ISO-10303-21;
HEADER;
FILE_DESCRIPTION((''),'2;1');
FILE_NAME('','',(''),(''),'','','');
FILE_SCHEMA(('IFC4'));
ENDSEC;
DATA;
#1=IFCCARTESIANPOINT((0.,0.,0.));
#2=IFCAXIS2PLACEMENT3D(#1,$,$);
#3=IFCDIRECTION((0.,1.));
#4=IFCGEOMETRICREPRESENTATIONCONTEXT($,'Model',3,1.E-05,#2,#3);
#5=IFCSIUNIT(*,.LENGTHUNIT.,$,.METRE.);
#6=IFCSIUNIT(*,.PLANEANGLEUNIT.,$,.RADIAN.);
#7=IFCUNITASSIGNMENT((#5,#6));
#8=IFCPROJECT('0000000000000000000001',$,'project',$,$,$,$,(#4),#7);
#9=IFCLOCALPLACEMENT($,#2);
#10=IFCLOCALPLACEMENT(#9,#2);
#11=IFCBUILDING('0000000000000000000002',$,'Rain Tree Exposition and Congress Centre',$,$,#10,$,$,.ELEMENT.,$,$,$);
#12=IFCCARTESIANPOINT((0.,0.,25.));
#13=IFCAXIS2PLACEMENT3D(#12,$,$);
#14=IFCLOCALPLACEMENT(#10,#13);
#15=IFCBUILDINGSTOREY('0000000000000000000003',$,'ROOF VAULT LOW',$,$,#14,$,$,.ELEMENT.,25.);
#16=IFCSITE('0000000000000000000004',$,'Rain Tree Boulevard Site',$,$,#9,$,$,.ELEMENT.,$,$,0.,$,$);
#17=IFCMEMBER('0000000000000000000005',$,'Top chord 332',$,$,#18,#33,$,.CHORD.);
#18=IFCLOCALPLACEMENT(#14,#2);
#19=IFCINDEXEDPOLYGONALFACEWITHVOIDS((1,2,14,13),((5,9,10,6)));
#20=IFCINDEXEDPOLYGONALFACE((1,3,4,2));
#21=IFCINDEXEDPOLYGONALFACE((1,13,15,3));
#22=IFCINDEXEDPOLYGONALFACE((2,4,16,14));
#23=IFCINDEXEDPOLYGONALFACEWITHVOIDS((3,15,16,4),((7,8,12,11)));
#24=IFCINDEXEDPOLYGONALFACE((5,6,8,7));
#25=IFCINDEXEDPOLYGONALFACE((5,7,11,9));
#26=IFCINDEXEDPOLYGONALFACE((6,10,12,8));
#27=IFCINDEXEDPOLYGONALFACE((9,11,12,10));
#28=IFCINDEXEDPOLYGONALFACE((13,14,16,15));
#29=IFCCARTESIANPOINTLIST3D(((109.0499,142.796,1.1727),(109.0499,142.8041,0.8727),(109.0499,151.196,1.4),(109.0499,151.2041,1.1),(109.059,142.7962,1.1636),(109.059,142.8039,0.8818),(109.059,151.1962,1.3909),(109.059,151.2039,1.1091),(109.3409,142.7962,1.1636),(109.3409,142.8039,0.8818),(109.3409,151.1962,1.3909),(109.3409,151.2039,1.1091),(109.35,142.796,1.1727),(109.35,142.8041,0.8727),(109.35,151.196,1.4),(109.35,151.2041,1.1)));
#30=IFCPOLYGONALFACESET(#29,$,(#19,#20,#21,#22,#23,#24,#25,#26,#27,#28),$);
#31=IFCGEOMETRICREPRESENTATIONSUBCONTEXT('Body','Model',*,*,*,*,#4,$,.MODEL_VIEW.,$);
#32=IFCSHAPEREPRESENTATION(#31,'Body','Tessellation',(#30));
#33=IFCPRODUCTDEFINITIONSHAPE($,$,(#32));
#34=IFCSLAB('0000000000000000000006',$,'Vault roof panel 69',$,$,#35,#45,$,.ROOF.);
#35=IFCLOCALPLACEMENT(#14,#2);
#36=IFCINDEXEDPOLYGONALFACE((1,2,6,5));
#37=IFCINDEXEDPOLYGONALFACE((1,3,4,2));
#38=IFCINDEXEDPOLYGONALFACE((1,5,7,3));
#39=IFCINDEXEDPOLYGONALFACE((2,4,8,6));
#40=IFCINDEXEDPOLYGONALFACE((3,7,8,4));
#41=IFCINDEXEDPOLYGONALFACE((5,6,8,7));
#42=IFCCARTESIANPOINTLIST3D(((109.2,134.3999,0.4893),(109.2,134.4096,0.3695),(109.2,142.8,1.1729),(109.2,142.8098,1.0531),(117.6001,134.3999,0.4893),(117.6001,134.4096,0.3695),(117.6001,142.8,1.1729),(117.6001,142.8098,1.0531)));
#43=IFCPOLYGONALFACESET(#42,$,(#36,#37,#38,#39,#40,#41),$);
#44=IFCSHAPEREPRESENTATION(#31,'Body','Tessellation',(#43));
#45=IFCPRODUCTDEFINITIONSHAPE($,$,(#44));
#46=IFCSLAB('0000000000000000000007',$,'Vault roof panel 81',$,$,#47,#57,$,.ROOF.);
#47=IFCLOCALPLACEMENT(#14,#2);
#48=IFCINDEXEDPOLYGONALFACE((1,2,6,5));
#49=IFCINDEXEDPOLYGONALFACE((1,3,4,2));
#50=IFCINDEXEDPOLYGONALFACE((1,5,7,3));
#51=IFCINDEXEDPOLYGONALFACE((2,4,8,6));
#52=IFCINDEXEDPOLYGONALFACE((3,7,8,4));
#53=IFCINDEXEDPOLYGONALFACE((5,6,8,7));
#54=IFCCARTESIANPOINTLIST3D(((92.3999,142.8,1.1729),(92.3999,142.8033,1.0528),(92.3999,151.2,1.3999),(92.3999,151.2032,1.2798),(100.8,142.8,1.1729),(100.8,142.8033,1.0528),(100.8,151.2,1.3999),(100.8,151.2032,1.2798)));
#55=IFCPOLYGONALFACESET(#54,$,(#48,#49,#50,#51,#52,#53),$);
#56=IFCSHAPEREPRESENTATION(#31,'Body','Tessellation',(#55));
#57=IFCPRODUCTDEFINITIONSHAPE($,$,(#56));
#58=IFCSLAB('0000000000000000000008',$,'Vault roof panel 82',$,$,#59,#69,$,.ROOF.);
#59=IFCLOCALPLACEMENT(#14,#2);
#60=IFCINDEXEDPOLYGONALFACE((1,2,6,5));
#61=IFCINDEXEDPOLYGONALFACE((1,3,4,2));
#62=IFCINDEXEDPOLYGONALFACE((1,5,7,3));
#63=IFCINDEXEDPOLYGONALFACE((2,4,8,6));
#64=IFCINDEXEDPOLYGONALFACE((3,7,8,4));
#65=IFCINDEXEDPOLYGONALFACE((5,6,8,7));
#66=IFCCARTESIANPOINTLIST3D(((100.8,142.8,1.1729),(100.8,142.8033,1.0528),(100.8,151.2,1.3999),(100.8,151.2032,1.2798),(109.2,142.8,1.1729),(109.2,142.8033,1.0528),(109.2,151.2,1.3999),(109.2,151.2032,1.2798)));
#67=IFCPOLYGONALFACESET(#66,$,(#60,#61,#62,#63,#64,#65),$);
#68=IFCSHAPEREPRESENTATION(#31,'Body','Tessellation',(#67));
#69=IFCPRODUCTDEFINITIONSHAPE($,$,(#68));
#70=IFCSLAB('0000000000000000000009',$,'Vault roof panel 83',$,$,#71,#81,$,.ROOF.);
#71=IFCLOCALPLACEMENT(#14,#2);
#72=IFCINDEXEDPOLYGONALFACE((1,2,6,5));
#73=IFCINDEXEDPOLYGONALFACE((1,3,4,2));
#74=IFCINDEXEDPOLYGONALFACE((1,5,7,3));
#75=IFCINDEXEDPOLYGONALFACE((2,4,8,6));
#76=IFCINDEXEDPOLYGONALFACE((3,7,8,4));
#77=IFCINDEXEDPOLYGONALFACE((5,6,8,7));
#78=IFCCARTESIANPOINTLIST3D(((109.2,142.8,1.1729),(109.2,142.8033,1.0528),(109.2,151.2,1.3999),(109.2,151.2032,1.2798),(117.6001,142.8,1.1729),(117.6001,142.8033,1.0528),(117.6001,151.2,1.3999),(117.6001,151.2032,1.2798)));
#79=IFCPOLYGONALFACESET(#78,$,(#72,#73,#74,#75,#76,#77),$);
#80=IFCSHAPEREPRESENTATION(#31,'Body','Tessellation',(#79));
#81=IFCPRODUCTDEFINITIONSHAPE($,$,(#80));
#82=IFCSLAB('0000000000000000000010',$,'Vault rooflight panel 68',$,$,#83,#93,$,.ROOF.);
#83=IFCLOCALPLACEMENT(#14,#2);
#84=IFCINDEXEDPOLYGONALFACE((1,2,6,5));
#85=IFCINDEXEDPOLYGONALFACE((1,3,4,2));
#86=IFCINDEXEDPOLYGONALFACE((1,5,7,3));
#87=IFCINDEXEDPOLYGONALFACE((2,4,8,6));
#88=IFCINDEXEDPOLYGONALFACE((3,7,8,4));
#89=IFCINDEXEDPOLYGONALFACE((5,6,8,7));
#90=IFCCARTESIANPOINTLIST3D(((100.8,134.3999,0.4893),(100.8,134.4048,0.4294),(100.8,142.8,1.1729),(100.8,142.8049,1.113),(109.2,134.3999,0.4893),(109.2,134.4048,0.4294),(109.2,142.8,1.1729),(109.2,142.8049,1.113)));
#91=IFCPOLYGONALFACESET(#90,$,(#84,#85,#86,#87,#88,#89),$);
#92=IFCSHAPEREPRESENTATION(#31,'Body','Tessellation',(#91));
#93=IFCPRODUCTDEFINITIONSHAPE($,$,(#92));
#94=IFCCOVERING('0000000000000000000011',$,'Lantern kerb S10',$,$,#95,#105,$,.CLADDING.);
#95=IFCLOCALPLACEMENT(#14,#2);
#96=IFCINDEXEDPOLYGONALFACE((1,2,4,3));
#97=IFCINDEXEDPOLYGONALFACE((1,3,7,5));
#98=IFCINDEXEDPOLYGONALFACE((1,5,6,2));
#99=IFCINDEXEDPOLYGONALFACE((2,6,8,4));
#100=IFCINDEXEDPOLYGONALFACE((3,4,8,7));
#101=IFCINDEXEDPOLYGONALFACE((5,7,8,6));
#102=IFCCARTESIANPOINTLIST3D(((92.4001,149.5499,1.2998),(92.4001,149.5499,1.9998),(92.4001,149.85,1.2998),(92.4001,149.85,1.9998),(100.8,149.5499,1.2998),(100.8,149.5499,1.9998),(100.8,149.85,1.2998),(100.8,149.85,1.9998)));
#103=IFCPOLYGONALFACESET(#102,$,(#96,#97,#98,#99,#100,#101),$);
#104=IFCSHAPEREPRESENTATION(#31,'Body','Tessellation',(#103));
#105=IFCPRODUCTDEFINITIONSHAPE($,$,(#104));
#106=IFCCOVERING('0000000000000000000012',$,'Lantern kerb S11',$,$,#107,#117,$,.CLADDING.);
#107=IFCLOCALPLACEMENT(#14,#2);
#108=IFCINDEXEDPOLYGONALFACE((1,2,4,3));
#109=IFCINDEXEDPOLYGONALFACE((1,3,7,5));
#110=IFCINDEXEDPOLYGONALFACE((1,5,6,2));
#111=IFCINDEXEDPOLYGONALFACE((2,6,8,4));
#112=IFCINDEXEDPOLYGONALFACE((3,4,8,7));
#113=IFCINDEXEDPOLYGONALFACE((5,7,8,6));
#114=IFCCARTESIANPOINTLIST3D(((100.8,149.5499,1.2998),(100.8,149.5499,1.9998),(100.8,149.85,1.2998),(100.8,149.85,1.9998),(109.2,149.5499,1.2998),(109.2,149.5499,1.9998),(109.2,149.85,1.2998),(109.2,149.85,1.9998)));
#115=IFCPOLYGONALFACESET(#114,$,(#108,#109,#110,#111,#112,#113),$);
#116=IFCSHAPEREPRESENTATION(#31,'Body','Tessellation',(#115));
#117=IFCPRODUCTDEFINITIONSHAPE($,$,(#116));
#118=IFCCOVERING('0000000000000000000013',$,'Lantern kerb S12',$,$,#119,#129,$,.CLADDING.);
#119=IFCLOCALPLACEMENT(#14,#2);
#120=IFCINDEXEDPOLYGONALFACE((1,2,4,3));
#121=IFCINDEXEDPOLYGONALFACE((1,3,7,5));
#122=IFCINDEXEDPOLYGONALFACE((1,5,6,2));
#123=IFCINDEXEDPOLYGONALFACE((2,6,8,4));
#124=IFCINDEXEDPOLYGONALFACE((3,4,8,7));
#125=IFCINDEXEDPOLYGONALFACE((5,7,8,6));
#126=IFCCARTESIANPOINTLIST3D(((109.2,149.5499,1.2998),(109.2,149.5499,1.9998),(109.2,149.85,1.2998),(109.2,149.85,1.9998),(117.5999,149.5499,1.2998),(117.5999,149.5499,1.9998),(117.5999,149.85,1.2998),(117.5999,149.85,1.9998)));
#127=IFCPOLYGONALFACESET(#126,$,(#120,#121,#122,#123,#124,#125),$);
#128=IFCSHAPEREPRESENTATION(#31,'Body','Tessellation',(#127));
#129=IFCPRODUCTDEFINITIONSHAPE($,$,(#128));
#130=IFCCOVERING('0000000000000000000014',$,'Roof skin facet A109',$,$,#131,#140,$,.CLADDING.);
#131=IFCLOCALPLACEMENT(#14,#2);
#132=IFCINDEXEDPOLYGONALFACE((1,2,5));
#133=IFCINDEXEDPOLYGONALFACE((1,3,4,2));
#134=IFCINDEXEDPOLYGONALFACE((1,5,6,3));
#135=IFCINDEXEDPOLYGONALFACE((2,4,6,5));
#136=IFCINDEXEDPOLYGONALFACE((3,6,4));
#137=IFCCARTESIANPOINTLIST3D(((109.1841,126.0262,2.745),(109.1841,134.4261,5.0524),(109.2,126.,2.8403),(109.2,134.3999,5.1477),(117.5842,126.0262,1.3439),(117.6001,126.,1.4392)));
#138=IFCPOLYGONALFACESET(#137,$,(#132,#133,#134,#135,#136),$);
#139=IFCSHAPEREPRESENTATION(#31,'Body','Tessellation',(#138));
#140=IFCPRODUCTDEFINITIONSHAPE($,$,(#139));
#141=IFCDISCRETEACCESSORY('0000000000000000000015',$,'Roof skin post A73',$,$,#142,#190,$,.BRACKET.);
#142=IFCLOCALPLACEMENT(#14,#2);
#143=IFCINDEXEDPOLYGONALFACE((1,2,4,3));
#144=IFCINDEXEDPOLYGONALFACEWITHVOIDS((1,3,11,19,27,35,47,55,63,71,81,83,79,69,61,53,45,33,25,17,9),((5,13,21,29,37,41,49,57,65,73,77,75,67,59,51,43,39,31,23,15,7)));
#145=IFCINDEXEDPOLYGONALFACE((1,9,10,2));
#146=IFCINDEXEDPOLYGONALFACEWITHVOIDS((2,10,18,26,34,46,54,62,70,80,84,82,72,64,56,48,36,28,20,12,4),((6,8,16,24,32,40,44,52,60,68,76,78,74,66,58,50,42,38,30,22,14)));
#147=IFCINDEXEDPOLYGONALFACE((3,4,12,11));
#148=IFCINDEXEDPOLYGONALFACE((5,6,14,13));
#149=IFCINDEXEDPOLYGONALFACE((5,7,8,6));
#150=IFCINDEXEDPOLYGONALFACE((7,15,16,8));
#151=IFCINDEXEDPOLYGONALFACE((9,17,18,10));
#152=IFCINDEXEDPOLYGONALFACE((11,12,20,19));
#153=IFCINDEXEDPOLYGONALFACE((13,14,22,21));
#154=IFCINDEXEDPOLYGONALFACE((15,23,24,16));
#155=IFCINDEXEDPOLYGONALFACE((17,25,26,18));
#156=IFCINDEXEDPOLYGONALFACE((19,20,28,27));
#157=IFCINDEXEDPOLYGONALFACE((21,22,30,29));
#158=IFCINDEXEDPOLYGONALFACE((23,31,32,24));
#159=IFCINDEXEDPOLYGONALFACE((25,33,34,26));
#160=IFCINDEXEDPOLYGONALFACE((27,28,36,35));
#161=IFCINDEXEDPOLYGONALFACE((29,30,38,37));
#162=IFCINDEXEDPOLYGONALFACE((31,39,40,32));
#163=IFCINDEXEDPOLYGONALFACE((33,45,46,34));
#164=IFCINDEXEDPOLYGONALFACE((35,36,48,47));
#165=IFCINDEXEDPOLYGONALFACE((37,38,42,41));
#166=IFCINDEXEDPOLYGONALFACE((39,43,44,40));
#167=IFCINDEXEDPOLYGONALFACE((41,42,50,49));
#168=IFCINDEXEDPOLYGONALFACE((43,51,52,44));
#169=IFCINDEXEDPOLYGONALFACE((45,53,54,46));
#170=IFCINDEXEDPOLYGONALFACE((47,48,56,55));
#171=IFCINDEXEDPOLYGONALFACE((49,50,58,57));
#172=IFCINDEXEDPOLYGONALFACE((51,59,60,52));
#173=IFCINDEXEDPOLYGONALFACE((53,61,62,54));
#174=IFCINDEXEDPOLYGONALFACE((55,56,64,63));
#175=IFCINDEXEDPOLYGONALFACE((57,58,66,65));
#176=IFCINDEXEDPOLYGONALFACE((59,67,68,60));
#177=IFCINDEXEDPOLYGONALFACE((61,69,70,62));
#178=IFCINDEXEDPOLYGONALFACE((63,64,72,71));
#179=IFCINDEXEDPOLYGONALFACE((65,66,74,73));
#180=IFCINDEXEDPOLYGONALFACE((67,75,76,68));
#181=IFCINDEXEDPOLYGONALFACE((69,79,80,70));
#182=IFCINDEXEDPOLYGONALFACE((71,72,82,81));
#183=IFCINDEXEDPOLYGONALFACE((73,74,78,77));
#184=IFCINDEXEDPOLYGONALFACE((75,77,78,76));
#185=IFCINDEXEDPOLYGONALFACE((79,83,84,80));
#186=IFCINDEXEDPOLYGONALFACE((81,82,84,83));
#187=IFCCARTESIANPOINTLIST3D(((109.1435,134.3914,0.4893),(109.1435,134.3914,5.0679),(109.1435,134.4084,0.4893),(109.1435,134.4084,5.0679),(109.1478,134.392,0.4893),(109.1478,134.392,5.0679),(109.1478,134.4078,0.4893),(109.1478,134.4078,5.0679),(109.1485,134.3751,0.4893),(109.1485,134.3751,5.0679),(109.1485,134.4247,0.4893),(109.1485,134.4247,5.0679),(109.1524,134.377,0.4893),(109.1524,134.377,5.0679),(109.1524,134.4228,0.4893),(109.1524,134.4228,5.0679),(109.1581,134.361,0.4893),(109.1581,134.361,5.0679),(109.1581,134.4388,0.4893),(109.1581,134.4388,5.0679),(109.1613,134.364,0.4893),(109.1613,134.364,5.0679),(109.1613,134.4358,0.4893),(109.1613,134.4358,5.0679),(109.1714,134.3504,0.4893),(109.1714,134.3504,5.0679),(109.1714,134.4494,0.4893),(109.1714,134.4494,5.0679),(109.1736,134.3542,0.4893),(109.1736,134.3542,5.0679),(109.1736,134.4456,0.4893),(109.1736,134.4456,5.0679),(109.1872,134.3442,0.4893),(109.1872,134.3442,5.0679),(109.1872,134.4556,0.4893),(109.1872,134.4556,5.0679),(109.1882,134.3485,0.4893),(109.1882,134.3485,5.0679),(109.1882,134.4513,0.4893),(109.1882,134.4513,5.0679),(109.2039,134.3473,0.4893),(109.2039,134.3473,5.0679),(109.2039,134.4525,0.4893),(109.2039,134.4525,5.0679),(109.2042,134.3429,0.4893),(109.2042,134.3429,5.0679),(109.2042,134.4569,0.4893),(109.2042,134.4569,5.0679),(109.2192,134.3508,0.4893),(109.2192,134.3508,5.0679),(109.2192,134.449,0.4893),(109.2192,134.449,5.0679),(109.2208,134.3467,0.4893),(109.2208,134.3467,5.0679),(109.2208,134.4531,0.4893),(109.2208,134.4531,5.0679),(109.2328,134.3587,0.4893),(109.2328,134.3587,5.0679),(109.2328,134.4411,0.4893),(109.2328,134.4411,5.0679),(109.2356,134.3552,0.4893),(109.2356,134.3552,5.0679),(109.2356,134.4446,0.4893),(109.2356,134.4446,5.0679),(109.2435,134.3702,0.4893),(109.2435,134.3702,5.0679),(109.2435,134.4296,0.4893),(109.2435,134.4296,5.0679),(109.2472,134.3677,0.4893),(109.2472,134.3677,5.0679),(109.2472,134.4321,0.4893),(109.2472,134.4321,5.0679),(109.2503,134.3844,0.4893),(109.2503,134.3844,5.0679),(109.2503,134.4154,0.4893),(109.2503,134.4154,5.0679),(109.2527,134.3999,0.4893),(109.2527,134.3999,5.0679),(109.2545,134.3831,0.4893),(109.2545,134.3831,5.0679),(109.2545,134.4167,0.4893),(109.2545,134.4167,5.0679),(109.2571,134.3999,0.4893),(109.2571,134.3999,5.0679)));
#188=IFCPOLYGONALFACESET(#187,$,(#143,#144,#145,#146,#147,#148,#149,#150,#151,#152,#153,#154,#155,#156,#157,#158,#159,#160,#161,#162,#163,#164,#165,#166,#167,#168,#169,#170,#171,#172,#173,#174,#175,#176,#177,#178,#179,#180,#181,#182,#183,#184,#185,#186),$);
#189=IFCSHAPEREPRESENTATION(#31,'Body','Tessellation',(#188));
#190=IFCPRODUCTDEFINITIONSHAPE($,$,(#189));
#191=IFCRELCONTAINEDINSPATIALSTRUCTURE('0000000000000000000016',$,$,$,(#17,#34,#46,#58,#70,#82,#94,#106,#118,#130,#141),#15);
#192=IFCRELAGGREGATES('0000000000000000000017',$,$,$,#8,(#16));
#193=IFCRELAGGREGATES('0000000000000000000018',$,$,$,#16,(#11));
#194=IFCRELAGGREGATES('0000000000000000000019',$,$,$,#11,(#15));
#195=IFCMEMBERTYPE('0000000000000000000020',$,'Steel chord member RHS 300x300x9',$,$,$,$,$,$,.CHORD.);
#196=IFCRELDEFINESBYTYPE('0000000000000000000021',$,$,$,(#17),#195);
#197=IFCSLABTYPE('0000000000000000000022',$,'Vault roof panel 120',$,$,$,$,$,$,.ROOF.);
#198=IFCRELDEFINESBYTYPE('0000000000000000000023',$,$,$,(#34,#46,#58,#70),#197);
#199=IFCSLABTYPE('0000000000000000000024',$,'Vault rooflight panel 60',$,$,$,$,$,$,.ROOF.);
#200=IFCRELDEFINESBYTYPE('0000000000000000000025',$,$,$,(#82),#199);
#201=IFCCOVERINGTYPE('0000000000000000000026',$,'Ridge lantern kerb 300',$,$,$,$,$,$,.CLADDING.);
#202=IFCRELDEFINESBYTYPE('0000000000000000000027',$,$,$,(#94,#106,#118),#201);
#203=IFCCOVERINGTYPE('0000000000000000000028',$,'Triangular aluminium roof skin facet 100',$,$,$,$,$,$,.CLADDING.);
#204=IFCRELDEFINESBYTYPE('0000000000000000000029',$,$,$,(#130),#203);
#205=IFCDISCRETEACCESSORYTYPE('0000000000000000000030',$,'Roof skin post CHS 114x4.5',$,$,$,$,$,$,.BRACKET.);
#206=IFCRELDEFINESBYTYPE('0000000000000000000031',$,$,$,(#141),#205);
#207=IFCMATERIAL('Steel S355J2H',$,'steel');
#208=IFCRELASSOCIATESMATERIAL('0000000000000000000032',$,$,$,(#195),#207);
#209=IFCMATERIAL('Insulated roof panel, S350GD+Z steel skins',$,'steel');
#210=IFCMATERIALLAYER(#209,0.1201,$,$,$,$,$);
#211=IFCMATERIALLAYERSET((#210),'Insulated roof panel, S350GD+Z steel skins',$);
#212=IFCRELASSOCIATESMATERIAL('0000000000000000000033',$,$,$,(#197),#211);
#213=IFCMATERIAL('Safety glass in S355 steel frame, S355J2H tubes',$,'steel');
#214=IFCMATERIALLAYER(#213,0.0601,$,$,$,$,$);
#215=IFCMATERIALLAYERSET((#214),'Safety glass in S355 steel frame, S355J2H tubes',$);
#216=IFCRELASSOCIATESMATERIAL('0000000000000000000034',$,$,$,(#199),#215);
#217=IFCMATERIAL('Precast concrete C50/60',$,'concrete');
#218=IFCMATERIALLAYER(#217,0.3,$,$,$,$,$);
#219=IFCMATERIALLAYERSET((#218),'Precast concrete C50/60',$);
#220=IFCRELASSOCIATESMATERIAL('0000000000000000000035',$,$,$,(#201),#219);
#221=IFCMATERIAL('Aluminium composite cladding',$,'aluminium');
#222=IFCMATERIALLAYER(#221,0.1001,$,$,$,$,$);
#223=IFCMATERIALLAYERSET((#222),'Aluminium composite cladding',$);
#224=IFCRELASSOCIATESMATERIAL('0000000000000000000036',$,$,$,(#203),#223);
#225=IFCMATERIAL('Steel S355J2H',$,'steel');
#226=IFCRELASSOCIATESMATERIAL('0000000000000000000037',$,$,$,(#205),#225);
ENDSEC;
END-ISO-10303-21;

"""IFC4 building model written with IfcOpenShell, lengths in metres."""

from ifc_helpers import new_model, si_unit, direction, frame, origin, origin_2d, place, context, subcontext, project, spatial, polyline, rectangle, hollow_rectangle, hollow_circle, outline, extrude, material, layer, layer_set, material_profile, profile_set, type_object, element, save


model = new_model("IFC4")

# Units and contexts
model_context = context("Model", 3, precision=1e-05, world=origin(), true_north=direction((0.0, 1.0)))
body_context = subcontext(model_context, "Body", "Model", "MODEL_VIEW")
ifc_project = project(units=[si_unit("LENGTHUNIT", "METRE"), si_unit("PLANEANGLEUNIT", "RADIAN")], contexts=[model_context])

# Site, building, storey
site_placement = place(None, origin())
site = spatial("IfcSite", under=ifc_project, at=site_placement, Name="Rain Tree Boulevard Site", CompositionType="ELEMENT", RefElevation=0.0)
building_placement = place(site_placement, origin())
building = spatial("IfcBuilding", under=site, at=building_placement, Name="Rain Tree Exposition and Congress Centre", CompositionType="ELEMENT")
storey_placement = place(building_placement, frame((0.0, 0.0, 25.0)))
storey = spatial("IfcBuildingStorey", under=building, at=storey_placement, Name="ROOF VAULT LOW", CompositionType="ELEMENT", Elevation=25.0)

# Member
ifc_material_1 = material(Name="Steel S355J2H", Category="steel")
ifc_material_profile_1 = material_profile(ifc_material_1, hollow_rectangle(XDim=0.3, YDim=0.3, WallThickness=0.009, at=origin_2d()), Name="RHS 300x300x9")
ifc_profile_set_1 = profile_set([ifc_material_profile_1], Name="Steel S355J2H")
member_type = type_object("IfcMemberType", Name="Steel chord member RHS 300x300x9", PredefinedType="CHORD", material=ifc_profile_set_1)
member_1_placement = place(storey_placement, frame((109.2, 142.8, 1.0227), z_axis=(0.0, 0.999634, 0.027049), x_axis=(-1.0, 0.0, 0.0)))
element("IfcMember", 1, at=member_1_placement, inside=storey, type_object=member_type, Name="Top chord 332", PredefinedType="CHORD", context=body_context, shape_type="SweptSolid", body=[
    extrude(hollow_rectangle(XDim=0.3, YDim=0.3, WallThickness=0.009, at=origin_2d()), origin(), (0.0, 0.0, 1.0), 8.4031),
])

# Slabs
ifc_material_2 = material(Name="Insulated roof panel, S350GD+Z steel skins", Category="steel")
ifc_layer_1 = layer(ifc_material_2, 0.1201)
ifc_layer_set_1 = layer_set([ifc_layer_1], Name="Insulated roof panel, S350GD+Z steel skins")
slab_type_1 = type_object("IfcSlabType", Name="Vault roof panel 120", PredefinedType="ROOF", material=ifc_layer_set_1)
slab_1_placement = place(storey_placement, frame((109.2, 134.3999, 0.4893), z_axis=(0.0, -0.081111, 0.996705), x_axis=(1.0, 0.0, 0.0)))
element("IfcSlab", 2, at=slab_1_placement, inside=storey, type_object=slab_type_1, Name="Vault roof panel 69", PredefinedType="ROOF", context=body_context, shape_type="SweptSolid", body=[
    extrude(outline(polyline([(0.0, 0.0), (8.4001, 0.0), (8.4001, 8.4279), (0.0, 8.4279), (0.0, 0.0)])), origin(), (0.0, 0.0, -1.0), 0.1201),
])
slab_2_placement = place(storey_placement, frame((92.3999, 142.8, 1.1729), z_axis=(0.0, -0.02702, 0.999635), x_axis=(1.0, 0.0, 0.0)))
element("IfcSlab", 3, at=slab_2_placement, inside=storey, type_object=slab_type_1, Name="Vault roof panel 81", PredefinedType="ROOF", context=body_context, shape_type="SweptSolid", body=[
    extrude(outline(polyline([(0.0, 0.0), (8.4001, 0.0), (8.4001, 8.403), (0.0, 8.403), (0.0, 0.0)])), origin(), (0.0, 0.0, -1.0), 0.1201),
])
slab_3_placement = place(storey_placement, frame((100.8, 142.8, 1.1729), z_axis=(0.0, -0.02702, 0.999635), x_axis=(1.0, 0.0, 0.0)))
element("IfcSlab", 4, at=slab_3_placement, inside=storey, type_object=slab_type_1, Name="Vault roof panel 82", PredefinedType="ROOF", context=body_context, shape_type="SweptSolid", body=[
    extrude(outline(polyline([(0.0, 0.0), (8.3999, 0.0), (8.3999, 8.403), (0.0, 8.403), (0.0, 0.0)])), origin(), (0.0, 0.0, -1.0), 0.1201),
])
slab_4_placement = place(storey_placement, frame((109.2, 142.8, 1.1729), z_axis=(0.0, -0.02702, 0.999635), x_axis=(1.0, 0.0, 0.0)))
element("IfcSlab", 5, at=slab_4_placement, inside=storey, type_object=slab_type_1, Name="Vault roof panel 83", PredefinedType="ROOF", context=body_context, shape_type="SweptSolid", body=[
    extrude(outline(polyline([(0.0, 0.0), (8.4001, 0.0), (8.4001, 8.403), (0.0, 8.403), (0.0, 0.0)])), origin(), (0.0, 0.0, -1.0), 0.1201),
])
ifc_material_3 = material(Name="Safety glass in S355 steel frame, S355J2H tubes", Category="steel")
ifc_layer_2 = layer(ifc_material_3, 0.0601)
ifc_layer_set_2 = layer_set([ifc_layer_2], Name="Safety glass in S355 steel frame, S355J2H tubes")
slab_type_2 = type_object("IfcSlabType", Name="Vault rooflight panel 60", PredefinedType="ROOF", material=ifc_layer_set_2)
slab_5_placement = place(storey_placement, frame((100.8, 134.3999, 0.4893), z_axis=(0.0, -0.081111, 0.996705), x_axis=(1.0, 0.0, 0.0)))
element("IfcSlab", 6, at=slab_5_placement, inside=storey, type_object=slab_type_2, Name="Vault rooflight panel 68", PredefinedType="ROOF", context=body_context, shape_type="SweptSolid", body=[
    extrude(outline(polyline([(0.0, 0.0), (8.3999, 0.0), (8.3999, 8.4279), (0.0, 8.4279), (0.0, 0.0)])), origin(), (0.0, 0.0, -1.0), 0.0601),
])

# Coverings
ifc_material_4 = material(Name="Precast concrete C50/60", Category="concrete")
ifc_layer_3 = layer(ifc_material_4, 0.3)
ifc_layer_set_3 = layer_set([ifc_layer_3], Name="Precast concrete C50/60")
covering_type_1 = type_object("IfcCoveringType", Name="Ridge lantern kerb 300", PredefinedType="CLADDING", material=ifc_layer_set_3)
for number, where, z_axis, x_axis, name in (
    (7, (96.6001, 149.7, 1.2998), (0.0, 0.0, 1.0), (1.0, 0.0, 0.0), "Lantern kerb S10"),
    (8, (105.0, 149.7, 1.2998), (0.0, 0.0, 1.0), (1.0, 0.0, 0.0), "Lantern kerb S11"),
    (9, (113.3999, 149.7, 1.2998), (0.0, 0.0, 1.0), (1.0, 0.0, 0.0), "Lantern kerb S12"),
):
    element("IfcCovering", number, at=place(storey_placement, frame(where, z_axis=z_axis, x_axis=x_axis)), inside=storey, type_object=covering_type_1, Name=name, PredefinedType="CLADDING", context=body_context, shape_type="SweptSolid", body=[
        extrude(rectangle(XDim=8.3999, YDim=0.3, at=origin_2d()), origin(), (0.0, 0.0, 1.0), 0.7),
    ])
ifc_material_5 = material(Name="Aluminium composite cladding", Category="aluminium")
ifc_layer_4 = layer(ifc_material_5, 0.1001)
ifc_layer_set_4 = layer_set([ifc_layer_4], Name="Aluminium composite cladding")
covering_type_2 = type_object("IfcCoveringType", Name="Triangular aluminium roof skin facet 100", PredefinedType="CLADDING", material=ifc_layer_set_4)
covering_placement = place(storey_placement, frame((109.2, 126.0, 2.8403), z_axis=(0.158799, -0.261518, 0.952046), x_axis=(0.986373, 0.0, -0.164525)))
element("IfcCovering", 10, at=covering_placement, inside=storey, type_object=covering_type_2, Name="Roof skin facet A109", PredefinedType="CLADDING", context=body_context, shape_type="SweptSolid", body=[
    extrude(outline(polyline([(0.0, 0.0), (8.5162, 0.0), (-0.3796, 8.7028), (0.0, 0.0)])), origin(), (0.0, 0.0, -1.0), 0.1001),
])

# Discrete accessory
ifc_material_6 = material(Name="Steel S355J2H", Category="steel")
ifc_material_profile_2 = material_profile(ifc_material_6, hollow_circle(Radius=0.0571, WallThickness=0.0044, at=origin_2d()), Name="CHS 114x4.5")
ifc_profile_set_2 = profile_set([ifc_material_profile_2], Name="Steel S355J2H")
discrete_accessory_type_1 = type_object("IfcDiscreteAccessoryType", Name="Roof skin post CHS 114x4.5", PredefinedType="BRACKET", material=ifc_profile_set_2)
discrete_accessory_1_placement = place(storey_placement, frame((109.2, 134.3999, 0.4893), z_axis=(0.0, 0.0, 1.0), x_axis=(1.0, 0.0, 0.0)))
element("IfcDiscreteAccessory", 11, at=discrete_accessory_1_placement, inside=storey, type_object=discrete_accessory_type_1, Name="Roof skin post A73", PredefinedType="BRACKET", context=body_context, shape_type="SweptSolid", body=[
    extrude(hollow_circle(Radius=0.0571, WallThickness=0.0044, at=origin_2d()), origin(), (0.0, 0.0, 1.0), 4.5786),
])

save(model, "model.ifc")
